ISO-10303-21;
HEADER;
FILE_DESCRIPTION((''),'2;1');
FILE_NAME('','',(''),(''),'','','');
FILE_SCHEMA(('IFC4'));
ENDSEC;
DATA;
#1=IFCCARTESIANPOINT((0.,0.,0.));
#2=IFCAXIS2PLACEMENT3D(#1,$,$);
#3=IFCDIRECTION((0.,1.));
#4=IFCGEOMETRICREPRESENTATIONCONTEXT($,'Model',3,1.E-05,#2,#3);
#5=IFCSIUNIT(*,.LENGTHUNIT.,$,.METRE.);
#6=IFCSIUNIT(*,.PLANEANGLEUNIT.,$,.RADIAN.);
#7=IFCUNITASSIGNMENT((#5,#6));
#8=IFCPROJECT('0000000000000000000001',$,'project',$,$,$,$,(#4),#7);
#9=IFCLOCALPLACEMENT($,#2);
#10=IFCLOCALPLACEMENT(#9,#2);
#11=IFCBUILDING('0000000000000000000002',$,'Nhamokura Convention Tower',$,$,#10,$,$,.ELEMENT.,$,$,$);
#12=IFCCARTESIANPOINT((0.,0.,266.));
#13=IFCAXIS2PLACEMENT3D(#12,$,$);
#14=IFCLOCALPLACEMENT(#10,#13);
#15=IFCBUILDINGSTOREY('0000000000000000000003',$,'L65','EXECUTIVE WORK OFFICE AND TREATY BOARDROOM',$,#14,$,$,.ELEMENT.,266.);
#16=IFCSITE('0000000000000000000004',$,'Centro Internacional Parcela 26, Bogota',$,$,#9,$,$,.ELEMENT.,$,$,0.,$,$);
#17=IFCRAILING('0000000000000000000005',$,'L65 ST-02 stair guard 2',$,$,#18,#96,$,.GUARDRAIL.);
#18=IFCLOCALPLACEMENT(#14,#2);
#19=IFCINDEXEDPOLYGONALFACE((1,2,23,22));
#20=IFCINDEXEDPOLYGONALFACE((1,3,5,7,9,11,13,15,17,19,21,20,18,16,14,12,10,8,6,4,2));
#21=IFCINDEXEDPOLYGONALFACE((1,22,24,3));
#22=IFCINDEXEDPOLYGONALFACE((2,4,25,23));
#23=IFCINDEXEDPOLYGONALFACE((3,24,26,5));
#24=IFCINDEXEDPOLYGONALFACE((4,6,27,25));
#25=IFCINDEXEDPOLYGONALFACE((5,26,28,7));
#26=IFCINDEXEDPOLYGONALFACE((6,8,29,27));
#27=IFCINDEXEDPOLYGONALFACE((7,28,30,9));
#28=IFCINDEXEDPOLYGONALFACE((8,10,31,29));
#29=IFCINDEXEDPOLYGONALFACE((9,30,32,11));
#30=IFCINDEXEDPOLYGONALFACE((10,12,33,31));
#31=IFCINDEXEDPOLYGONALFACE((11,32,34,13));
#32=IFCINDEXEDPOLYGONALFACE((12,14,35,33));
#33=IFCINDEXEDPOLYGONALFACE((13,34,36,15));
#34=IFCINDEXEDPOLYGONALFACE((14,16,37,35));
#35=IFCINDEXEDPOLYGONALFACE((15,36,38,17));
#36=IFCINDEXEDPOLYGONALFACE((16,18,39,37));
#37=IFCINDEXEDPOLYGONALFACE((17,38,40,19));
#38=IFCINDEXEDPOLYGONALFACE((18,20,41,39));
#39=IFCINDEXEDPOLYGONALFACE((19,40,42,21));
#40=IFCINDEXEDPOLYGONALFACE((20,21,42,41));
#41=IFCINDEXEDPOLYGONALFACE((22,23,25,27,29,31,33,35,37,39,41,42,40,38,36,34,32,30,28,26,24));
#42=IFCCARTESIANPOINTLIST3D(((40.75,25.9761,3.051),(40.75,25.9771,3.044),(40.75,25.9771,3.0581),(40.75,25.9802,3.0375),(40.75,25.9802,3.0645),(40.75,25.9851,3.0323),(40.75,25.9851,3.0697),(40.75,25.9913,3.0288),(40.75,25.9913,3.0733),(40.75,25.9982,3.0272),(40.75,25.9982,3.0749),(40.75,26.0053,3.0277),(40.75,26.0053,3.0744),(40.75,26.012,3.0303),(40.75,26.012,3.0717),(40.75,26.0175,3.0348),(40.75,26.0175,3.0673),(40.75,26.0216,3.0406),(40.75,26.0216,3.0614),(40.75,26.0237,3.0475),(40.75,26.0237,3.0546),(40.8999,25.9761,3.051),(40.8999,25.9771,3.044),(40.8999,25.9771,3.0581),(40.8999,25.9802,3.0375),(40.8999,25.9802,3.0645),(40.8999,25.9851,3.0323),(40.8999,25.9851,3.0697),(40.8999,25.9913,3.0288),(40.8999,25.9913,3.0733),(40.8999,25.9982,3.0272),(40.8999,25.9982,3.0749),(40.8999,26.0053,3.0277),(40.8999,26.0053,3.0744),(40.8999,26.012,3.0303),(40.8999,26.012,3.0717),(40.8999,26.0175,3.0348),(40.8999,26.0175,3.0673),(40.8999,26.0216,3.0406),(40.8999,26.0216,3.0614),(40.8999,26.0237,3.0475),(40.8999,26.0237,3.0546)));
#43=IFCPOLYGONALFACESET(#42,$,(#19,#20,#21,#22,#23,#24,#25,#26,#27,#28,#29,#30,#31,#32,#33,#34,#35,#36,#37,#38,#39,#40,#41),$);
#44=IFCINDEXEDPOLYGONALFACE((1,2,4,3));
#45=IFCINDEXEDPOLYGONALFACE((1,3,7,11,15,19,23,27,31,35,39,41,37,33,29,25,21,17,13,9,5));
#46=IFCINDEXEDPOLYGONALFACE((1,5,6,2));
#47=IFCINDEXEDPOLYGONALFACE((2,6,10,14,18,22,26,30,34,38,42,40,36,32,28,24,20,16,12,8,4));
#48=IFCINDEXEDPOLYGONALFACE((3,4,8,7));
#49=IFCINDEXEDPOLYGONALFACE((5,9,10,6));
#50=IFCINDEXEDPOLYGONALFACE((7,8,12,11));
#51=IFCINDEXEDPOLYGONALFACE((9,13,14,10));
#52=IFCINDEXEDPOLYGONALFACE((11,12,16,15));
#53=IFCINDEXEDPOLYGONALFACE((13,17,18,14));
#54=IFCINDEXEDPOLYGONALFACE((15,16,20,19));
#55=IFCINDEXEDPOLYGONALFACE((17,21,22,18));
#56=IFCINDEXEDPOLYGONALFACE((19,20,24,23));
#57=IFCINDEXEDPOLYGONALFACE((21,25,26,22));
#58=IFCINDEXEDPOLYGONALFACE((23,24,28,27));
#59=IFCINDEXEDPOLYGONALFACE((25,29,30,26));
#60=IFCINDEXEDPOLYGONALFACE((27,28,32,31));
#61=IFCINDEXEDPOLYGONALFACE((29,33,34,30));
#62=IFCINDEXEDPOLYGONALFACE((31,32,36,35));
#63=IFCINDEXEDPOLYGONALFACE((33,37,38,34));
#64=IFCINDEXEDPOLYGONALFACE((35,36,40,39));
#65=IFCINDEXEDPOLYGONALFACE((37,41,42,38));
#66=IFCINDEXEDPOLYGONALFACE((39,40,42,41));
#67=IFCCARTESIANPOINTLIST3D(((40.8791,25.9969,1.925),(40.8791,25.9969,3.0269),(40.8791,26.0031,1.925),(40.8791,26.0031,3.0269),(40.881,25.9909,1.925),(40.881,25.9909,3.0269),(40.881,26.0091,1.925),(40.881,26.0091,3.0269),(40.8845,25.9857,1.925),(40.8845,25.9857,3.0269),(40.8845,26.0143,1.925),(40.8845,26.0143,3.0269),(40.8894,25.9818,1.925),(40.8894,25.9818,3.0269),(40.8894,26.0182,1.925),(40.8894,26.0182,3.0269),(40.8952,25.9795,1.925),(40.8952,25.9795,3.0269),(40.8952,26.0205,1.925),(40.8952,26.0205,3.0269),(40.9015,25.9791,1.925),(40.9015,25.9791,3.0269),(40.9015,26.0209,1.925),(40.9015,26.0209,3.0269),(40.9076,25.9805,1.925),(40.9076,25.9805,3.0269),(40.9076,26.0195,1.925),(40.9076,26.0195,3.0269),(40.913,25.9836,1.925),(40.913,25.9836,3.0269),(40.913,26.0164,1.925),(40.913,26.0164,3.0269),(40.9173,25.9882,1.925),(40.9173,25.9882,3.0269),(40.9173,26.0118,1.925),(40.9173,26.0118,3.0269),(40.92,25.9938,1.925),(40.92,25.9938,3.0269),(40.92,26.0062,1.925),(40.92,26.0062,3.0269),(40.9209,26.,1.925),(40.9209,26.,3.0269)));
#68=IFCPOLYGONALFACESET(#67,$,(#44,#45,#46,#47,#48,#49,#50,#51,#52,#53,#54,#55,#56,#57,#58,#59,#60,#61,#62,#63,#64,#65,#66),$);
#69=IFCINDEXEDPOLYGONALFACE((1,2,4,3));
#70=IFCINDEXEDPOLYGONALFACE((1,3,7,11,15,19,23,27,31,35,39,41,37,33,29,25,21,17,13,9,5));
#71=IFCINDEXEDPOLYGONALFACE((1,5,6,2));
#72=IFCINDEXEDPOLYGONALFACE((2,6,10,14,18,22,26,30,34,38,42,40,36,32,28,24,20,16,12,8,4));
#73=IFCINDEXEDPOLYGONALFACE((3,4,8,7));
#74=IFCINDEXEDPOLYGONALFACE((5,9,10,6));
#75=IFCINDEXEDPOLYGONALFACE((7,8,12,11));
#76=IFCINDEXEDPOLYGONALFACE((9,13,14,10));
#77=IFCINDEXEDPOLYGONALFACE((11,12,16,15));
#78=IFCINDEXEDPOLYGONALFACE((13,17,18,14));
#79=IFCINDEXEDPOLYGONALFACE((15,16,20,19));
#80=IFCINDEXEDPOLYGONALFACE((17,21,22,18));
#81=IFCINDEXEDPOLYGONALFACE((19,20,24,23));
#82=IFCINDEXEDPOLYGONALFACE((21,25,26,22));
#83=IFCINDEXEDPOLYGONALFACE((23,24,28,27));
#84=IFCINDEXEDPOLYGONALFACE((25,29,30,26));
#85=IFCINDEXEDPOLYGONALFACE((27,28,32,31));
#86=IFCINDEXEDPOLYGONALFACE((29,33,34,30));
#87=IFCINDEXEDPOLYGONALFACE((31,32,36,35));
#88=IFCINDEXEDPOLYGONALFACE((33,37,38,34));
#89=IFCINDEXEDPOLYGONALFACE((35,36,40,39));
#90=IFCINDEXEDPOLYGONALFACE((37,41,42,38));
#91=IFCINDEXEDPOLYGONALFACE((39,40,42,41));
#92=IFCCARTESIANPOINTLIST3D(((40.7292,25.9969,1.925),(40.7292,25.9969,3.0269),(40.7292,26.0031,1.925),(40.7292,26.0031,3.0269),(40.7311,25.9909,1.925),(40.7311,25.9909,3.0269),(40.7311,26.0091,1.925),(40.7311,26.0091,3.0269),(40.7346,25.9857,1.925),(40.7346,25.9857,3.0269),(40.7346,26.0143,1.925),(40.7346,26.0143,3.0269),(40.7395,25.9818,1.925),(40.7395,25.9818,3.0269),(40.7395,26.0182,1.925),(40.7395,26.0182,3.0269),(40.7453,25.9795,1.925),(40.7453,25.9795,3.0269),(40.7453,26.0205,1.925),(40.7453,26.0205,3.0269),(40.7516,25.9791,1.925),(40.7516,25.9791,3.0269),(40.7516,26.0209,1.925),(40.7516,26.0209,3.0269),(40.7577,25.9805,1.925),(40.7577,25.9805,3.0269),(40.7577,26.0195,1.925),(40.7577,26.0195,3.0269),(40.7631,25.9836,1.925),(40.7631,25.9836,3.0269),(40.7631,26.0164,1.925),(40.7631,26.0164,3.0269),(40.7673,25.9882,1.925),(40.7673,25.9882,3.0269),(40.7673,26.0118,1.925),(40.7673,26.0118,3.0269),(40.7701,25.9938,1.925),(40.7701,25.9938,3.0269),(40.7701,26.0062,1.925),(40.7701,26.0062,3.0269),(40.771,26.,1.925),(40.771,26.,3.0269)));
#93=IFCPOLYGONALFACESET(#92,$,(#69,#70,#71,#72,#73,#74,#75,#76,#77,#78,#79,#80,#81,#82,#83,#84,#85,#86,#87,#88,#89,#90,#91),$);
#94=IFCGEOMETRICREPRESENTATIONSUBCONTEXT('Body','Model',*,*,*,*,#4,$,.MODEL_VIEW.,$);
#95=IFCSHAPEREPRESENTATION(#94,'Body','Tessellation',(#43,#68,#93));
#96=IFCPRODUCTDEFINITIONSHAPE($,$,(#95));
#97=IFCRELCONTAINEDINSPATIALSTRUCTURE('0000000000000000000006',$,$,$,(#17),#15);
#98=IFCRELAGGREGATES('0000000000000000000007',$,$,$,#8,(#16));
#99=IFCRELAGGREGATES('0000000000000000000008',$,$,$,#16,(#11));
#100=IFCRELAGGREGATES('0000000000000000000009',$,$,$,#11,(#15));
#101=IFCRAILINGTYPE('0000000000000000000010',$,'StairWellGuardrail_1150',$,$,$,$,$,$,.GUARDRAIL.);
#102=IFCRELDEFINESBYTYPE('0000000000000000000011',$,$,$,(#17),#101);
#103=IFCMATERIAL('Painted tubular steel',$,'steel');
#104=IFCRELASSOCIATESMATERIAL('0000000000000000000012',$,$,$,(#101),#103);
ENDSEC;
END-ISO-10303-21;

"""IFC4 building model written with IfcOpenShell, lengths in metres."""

from ifc_helpers import new_model, si_unit, direction, frame, origin, origin_2d, place, context, subcontext, project, spatial, circle, extrude, material, type_object, element, save


model = new_model("IFC4")

# Units and contexts
model_context = context("Model", 3, precision=1e-05, world=origin(), true_north=direction((0.0, 1.0)))
body_context = subcontext(model_context, "Body", "Model", "MODEL_VIEW")
ifc_project = project(units=[si_unit("LENGTHUNIT", "METRE"), si_unit("PLANEANGLEUNIT", "RADIAN")], contexts=[model_context])

# Site, building, storey
site_placement = place(None, origin())
site = spatial("IfcSite", under=ifc_project, at=site_placement, Name="Centro Internacional Parcela 26, Bogota", CompositionType="ELEMENT", RefElevation=0.0)
building_placement = place(site_placement, origin())
building = spatial("IfcBuilding", under=site, at=building_placement, Name="Nhamokura Convention Tower", CompositionType="ELEMENT")
storey_placement = place(building_placement, frame((0.0, 0.0, 266.0)))
storey = spatial("IfcBuildingStorey", under=building, at=storey_placement, Name="L65", Description="EXECUTIVE WORK OFFICE AND TREATY BOARDROOM", CompositionType="ELEMENT", Elevation=266.0)

# Railing
ifc_material_1 = material(Name="Painted tubular steel", Category="steel")
railing_type_1 = type_object("IfcRailingType", Name="StairWellGuardrail_1150", PredefinedType="GUARDRAIL", material=ifc_material_1)
railing_1_placement = place(storey_placement, frame((40.8999, 26.0, 1.925)))
element("IfcRailing", 1, at=railing_1_placement, inside=storey, type_object=railing_type_1, Name="L65 ST-02 stair guard 2", PredefinedType="GUARDRAIL", context=body_context, shape_type="SweptSolid", body=[
    extrude(circle(Radius=0.0239, at=origin_2d()), frame((0.0, 0.0, 1.126), z_axis=(-1.0, 0.0, 0.0), x_axis=(0.0, -1.0, 0.0)), (0.0, 0.0, 1.0), 0.1499),
    extrude(circle(Radius=0.021, at=origin_2d()), origin(), (0.0, 0.0, 1.0), 1.1018),
    extrude(circle(Radius=0.021, at=origin_2d()), frame((-0.1499, 0.0, 0.0)), (0.0, 0.0, 1.0), 1.1018),
])

save(model, "model.ifc")
